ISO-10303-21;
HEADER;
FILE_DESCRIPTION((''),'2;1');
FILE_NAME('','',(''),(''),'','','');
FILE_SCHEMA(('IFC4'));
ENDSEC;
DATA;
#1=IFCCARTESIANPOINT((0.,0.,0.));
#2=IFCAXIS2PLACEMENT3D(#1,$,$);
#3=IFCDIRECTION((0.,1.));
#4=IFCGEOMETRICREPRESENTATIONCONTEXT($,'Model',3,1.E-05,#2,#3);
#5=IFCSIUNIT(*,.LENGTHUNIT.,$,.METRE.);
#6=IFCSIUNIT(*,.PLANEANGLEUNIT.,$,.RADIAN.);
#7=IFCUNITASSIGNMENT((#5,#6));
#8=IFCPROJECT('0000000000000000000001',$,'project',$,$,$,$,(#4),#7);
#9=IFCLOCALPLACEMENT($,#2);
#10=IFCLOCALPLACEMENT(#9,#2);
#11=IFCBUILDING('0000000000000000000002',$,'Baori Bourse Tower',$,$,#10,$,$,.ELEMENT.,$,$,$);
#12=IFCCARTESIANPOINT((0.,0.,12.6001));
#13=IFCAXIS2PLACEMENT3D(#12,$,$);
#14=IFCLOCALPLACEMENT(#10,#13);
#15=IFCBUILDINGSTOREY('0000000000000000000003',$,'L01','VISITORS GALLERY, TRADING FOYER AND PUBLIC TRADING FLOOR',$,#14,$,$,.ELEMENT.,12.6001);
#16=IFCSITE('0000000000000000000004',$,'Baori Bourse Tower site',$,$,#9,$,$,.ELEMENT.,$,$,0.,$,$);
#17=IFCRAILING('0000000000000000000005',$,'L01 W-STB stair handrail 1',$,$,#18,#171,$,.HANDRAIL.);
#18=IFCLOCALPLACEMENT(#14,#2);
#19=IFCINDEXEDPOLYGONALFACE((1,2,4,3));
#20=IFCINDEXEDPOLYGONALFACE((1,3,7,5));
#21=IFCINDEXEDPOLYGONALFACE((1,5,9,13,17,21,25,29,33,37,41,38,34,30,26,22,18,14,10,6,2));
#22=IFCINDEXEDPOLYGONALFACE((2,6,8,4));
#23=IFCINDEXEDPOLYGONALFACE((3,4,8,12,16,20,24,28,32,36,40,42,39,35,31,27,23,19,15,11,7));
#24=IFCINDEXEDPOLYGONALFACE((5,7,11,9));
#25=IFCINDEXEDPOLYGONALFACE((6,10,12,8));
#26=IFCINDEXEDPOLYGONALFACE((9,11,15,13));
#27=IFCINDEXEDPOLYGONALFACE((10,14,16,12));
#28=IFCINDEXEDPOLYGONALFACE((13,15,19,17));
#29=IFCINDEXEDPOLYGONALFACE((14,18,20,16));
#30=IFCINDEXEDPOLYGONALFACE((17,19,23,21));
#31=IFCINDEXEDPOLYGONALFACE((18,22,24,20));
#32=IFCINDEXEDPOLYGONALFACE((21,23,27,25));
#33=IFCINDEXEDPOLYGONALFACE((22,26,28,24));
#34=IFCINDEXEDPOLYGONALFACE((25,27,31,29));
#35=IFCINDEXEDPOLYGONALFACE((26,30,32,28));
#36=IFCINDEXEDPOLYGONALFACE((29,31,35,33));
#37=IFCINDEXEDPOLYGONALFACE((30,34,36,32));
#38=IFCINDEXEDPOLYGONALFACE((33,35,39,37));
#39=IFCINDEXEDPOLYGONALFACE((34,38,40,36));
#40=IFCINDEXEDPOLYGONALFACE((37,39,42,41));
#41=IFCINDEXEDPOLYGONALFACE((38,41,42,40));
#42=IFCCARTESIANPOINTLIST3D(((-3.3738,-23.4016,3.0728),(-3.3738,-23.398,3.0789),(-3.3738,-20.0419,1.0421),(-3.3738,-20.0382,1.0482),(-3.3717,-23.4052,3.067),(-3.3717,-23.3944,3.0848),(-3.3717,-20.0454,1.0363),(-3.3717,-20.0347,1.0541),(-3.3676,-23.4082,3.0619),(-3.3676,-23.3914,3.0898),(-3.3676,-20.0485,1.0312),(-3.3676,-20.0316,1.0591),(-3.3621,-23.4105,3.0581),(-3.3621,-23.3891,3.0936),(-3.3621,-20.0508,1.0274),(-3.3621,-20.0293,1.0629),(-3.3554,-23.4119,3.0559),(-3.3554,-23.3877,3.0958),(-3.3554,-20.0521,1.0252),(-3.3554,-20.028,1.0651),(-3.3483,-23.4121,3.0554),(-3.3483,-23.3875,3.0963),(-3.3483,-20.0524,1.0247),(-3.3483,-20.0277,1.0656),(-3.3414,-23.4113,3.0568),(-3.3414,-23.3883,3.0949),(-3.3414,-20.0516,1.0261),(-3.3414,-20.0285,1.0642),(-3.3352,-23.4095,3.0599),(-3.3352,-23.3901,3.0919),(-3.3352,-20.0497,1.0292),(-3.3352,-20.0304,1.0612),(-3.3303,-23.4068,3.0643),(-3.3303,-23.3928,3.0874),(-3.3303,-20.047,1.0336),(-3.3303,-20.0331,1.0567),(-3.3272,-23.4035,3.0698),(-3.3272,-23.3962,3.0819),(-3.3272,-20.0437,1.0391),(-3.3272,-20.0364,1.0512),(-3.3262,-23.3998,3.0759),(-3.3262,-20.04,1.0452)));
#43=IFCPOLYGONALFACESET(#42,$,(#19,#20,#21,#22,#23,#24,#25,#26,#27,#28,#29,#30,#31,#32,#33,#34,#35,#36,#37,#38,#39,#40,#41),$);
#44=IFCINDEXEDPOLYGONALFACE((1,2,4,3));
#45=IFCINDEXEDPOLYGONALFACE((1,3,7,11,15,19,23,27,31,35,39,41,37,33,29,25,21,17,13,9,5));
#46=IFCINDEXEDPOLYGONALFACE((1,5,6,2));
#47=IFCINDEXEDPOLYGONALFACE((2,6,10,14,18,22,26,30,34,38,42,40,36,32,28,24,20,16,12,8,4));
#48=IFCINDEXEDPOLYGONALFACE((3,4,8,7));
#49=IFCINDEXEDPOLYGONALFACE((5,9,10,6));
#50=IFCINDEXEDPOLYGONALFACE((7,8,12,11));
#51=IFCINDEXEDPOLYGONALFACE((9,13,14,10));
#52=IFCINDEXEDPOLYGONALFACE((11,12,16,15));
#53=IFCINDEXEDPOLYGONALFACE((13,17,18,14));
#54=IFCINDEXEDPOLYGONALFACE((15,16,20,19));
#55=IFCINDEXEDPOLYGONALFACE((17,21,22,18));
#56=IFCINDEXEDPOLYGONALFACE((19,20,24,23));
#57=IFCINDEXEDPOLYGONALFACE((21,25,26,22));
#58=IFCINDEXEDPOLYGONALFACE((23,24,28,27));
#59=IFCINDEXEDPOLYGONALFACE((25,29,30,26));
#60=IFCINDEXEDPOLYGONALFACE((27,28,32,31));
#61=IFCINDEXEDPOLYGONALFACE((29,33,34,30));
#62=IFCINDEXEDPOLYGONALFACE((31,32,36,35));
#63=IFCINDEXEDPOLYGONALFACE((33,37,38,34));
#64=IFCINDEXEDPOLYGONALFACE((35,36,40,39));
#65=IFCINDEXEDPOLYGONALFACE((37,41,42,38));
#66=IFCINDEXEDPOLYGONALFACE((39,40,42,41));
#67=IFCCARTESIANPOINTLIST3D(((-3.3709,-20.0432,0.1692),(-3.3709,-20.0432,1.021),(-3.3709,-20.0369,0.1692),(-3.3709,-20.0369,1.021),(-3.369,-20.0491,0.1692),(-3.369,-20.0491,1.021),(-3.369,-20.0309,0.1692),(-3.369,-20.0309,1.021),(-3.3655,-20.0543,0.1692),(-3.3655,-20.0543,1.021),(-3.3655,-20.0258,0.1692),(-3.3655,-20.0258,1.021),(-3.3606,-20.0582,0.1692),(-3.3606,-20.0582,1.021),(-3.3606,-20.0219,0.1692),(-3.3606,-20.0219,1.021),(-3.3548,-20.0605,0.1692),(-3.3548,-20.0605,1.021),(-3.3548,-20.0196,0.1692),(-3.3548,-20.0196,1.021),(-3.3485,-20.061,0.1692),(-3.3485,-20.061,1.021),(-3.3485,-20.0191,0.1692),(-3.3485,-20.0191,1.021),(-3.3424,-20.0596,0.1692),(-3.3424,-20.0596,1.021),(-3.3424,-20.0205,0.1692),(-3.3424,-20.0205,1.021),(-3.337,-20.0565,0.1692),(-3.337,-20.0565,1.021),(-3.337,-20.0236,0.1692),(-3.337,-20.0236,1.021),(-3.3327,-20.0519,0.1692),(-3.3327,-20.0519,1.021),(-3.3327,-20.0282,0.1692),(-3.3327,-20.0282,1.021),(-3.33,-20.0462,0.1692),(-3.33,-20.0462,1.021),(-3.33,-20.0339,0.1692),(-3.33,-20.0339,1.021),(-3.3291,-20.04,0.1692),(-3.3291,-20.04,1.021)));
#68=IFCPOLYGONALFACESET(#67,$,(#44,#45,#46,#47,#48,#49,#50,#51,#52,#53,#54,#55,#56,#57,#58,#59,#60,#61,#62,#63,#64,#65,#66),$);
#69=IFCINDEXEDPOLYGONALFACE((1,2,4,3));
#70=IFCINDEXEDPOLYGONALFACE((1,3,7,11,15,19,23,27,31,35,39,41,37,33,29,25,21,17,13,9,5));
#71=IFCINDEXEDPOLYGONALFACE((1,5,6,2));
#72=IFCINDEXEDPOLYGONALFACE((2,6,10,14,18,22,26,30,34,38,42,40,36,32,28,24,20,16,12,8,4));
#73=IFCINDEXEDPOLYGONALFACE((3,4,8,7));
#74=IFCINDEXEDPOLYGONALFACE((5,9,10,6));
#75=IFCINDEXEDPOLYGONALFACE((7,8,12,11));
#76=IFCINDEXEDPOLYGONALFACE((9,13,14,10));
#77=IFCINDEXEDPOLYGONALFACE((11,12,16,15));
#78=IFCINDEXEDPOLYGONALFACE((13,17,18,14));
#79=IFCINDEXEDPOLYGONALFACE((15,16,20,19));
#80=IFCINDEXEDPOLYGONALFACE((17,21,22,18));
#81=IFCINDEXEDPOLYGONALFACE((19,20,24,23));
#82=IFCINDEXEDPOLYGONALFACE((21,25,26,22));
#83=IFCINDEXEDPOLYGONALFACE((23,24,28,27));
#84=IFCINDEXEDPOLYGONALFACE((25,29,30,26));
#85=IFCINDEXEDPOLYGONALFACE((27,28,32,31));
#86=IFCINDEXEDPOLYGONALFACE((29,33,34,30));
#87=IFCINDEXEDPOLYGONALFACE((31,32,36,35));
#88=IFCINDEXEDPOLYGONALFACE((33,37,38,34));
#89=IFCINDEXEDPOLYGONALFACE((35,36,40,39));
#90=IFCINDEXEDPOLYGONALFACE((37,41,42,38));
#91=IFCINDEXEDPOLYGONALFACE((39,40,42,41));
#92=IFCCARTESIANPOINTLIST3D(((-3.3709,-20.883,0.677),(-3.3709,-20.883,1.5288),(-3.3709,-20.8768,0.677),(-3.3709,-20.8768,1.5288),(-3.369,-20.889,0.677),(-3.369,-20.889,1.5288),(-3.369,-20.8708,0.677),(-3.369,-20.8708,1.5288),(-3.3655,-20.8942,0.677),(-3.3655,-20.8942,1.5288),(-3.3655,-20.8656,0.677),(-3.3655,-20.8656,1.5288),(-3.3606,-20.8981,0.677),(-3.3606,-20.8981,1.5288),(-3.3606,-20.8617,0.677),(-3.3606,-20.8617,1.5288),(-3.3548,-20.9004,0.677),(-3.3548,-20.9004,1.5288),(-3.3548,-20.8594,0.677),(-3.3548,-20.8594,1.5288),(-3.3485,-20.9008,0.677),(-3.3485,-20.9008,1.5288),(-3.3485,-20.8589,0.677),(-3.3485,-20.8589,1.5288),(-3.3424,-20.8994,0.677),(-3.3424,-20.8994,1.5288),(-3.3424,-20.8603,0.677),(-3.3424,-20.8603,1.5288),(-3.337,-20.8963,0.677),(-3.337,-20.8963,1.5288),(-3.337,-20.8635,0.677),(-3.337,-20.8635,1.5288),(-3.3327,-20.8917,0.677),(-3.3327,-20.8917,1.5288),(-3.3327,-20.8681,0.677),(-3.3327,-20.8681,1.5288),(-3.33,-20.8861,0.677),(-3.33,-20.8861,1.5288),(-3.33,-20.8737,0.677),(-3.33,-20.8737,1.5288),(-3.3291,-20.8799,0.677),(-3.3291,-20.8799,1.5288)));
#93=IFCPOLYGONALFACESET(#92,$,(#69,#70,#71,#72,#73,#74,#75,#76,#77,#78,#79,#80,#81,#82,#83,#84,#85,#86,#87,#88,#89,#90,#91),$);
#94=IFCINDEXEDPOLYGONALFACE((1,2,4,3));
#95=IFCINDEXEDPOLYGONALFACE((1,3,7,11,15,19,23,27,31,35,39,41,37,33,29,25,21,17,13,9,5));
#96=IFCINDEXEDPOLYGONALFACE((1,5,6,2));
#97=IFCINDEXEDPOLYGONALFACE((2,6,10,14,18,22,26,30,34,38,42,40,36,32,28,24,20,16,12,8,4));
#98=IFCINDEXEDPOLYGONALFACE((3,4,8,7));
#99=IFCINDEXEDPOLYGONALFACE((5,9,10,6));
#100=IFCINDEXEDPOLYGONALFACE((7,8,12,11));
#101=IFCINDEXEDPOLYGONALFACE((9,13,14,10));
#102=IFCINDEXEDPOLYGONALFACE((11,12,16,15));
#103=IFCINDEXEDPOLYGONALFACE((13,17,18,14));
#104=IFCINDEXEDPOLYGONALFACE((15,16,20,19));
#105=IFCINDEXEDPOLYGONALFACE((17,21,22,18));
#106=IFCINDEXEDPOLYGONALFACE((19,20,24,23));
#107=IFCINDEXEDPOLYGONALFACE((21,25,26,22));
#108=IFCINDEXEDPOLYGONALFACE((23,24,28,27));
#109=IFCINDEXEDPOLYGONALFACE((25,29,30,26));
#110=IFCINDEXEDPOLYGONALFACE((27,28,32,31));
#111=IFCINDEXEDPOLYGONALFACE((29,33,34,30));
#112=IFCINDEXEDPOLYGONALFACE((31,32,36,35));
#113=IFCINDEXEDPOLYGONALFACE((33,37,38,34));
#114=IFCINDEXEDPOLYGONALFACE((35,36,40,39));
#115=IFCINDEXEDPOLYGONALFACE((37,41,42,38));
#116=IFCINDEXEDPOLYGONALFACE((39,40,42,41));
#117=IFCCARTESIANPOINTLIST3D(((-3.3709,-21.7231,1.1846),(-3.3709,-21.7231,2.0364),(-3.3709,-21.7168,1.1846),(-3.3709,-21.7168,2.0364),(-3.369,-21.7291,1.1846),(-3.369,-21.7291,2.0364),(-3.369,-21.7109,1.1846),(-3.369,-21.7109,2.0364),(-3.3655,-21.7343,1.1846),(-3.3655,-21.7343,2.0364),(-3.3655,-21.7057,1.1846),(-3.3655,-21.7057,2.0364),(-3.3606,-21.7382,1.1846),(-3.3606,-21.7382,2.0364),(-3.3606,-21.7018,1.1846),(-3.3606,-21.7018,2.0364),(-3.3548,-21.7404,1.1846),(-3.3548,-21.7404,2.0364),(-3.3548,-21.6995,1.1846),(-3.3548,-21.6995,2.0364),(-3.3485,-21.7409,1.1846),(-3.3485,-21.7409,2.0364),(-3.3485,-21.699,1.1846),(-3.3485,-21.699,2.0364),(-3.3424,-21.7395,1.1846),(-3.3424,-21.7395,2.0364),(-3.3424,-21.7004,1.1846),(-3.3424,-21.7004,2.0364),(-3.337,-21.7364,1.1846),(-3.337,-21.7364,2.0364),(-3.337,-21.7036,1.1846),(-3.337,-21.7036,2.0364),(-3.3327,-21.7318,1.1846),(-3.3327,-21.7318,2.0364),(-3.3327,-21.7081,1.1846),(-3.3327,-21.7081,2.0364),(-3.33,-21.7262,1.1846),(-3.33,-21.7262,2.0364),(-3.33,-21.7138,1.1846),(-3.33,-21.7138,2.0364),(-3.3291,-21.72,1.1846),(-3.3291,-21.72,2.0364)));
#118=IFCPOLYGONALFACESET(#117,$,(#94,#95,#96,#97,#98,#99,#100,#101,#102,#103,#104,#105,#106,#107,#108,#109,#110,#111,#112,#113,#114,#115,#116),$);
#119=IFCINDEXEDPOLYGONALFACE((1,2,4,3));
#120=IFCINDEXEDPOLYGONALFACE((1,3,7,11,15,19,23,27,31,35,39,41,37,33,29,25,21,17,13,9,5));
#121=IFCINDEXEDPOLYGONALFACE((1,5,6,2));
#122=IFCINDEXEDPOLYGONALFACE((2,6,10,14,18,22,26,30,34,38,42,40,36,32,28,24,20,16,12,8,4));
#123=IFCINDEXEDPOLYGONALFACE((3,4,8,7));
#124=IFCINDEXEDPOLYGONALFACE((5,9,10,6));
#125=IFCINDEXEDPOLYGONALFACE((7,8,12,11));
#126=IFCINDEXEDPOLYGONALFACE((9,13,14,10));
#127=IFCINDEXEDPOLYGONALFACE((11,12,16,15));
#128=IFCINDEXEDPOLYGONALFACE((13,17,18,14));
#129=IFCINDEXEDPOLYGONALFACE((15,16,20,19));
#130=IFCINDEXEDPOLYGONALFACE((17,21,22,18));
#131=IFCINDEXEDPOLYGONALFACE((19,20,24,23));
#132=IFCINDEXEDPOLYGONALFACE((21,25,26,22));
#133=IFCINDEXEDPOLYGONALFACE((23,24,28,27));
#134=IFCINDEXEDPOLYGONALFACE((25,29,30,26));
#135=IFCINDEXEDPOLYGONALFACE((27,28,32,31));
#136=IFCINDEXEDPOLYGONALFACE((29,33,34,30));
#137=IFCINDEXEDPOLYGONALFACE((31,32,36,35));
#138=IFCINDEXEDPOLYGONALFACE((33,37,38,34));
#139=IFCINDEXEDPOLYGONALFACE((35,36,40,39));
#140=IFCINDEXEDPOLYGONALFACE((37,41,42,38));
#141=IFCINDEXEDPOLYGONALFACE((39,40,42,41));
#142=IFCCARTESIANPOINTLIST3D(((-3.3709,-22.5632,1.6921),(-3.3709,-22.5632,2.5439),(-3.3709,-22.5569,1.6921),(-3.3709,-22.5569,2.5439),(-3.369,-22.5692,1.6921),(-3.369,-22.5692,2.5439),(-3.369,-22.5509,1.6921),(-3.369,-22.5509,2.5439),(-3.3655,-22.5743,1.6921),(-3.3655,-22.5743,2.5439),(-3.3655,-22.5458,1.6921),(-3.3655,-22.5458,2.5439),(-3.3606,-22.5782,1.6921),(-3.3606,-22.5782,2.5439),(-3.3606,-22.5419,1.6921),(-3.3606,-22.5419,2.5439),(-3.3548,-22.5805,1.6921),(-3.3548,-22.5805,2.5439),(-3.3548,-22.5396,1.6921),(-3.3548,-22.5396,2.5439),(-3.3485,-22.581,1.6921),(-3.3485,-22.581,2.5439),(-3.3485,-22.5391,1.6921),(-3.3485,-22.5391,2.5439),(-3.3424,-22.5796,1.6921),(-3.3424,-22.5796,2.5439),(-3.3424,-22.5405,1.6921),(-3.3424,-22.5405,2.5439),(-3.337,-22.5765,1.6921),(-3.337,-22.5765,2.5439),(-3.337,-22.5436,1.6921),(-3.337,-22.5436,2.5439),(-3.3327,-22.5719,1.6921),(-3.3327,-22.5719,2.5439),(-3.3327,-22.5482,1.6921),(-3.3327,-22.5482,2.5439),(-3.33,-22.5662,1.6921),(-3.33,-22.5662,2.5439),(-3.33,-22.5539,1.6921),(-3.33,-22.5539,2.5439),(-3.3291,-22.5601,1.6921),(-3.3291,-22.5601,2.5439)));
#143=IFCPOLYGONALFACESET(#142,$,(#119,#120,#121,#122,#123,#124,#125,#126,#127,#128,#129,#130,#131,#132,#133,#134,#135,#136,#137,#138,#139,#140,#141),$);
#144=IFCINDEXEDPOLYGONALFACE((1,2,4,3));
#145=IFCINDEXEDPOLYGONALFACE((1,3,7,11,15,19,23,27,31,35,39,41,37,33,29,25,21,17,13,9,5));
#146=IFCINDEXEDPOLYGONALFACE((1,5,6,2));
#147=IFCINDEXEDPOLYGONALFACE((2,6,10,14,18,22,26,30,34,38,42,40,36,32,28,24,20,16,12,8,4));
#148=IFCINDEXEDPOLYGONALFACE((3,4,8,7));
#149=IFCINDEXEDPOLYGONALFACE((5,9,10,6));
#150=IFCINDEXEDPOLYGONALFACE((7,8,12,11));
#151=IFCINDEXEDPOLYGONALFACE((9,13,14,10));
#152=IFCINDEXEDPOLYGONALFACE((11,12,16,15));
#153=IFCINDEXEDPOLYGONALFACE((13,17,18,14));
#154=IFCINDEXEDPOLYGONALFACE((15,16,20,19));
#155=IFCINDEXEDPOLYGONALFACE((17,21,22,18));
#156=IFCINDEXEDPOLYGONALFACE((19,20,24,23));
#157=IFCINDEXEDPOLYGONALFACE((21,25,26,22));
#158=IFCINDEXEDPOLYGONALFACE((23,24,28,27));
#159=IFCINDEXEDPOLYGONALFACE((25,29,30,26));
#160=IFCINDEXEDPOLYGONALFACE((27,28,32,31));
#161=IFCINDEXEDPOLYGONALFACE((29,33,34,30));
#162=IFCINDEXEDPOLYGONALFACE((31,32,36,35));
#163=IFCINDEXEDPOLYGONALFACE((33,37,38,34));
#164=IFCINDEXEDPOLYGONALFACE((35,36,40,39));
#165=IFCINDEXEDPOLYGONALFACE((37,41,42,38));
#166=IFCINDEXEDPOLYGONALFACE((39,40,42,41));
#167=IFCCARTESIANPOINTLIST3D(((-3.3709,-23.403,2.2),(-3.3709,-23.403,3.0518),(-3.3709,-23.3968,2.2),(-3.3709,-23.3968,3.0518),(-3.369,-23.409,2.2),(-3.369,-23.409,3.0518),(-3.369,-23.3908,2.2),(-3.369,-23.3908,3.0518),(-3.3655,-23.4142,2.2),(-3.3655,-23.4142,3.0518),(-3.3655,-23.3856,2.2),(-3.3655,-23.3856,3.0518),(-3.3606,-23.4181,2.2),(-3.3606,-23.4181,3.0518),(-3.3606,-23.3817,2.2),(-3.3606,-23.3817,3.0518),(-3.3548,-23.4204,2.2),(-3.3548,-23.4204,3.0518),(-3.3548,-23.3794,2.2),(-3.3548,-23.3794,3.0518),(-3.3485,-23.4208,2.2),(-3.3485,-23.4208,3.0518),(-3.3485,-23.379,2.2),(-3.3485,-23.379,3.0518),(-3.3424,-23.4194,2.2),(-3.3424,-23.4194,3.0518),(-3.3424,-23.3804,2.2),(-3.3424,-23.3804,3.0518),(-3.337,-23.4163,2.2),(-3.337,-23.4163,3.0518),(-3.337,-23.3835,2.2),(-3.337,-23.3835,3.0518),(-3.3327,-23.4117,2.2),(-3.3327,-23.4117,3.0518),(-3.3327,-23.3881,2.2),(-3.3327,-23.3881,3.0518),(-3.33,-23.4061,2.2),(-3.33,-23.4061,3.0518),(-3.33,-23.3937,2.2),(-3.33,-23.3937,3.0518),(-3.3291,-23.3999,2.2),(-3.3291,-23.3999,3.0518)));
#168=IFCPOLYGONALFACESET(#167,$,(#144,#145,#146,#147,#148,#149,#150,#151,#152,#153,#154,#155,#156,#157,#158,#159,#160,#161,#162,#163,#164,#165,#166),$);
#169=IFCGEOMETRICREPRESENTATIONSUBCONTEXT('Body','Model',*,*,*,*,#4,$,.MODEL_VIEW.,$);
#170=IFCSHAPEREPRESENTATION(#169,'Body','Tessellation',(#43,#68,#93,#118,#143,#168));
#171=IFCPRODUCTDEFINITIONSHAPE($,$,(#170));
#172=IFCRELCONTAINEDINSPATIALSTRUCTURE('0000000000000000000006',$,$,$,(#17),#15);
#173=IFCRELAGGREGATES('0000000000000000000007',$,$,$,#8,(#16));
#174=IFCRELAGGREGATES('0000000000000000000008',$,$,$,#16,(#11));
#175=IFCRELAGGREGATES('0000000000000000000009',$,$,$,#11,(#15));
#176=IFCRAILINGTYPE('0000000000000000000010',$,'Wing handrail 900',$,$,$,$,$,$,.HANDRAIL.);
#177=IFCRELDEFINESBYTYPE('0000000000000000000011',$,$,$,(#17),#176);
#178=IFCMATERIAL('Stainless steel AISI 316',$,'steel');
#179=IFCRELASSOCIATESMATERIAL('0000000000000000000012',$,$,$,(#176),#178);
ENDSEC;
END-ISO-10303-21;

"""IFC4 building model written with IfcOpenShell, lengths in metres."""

from ifc_helpers import new_model, si_unit, direction, frame, origin, origin_2d, place, context, subcontext, project, spatial, circle, extrude, material, type_object, element, save


model = new_model("IFC4")

# Units and contexts
model_context = context("Model", 3, precision=1e-05, world=origin(), true_north=direction((0.0, 1.0)))
body_context = subcontext(model_context, "Body", "Model", "MODEL_VIEW")
ifc_project = project(units=[si_unit("LENGTHUNIT", "METRE"), si_unit("PLANEANGLEUNIT", "RADIAN")], contexts=[model_context])

# Site, building, storey
site_placement = place(None, origin())
site = spatial("IfcSite", under=ifc_project, at=site_placement, Name="Baori Bourse Tower site", CompositionType="ELEMENT", RefElevation=0.0)
building_placement = place(site_placement, origin())
building = spatial("IfcBuilding", under=site, at=building_placement, Name="Baori Bourse Tower", CompositionType="ELEMENT")
storey_placement = place(building_placement, frame((0.0, 0.0, 12.6001)))
storey = spatial("IfcBuildingStorey", under=building, at=storey_placement, Name="L01", Description="VISITORS GALLERY, TRADING FOYER AND PUBLIC TRADING FLOOR", CompositionType="ELEMENT", Elevation=12.6001)

# Railing
ifc_material_1 = material(Name="Stainless steel AISI 316", Category="steel")
railing_type_1 = type_object("IfcRailingType", Name="Wing handrail 900", PredefinedType="HANDRAIL", material=ifc_material_1)
railing_1_placement = place(storey_placement, frame((-3.3501, -20.04, 0.1692)))
element("IfcRailing", 1, at=railing_1_placement, inside=storey, type_object=railing_type_1, Name="L01 W-STB stair handrail 1", PredefinedType="HANDRAIL", context=body_context, shape_type="SweptSolid", body=[
    extrude(circle(Radius=0.0239, at=origin_2d()), frame((0.0, 0.0, 0.876), z_axis=(0.0, -0.85582, 0.517273), x_axis=(1.0, 0.0, 0.0)), (0.0, 0.0, 1.0), 3.9258),
    extrude(circle(Radius=0.021, at=origin_2d()), origin(), (0.0, 0.0, 1.0), 0.8518),
    extrude(circle(Radius=0.021, at=origin_2d()), frame((0.0, -0.8398, 0.5078)), (0.0, 0.0, 1.0), 0.8518),
    extrude(circle(Radius=0.021, at=origin_2d()), frame((0.0, -1.6799, 1.0154)), (0.0, 0.0, 1.0), 0.8518),
    extrude(circle(Radius=0.021, at=origin_2d()), frame((0.0, -2.52, 1.5229)), (0.0, 0.0, 1.0), 0.8518),
    extrude(circle(Radius=0.021, at=origin_2d()), frame((0.0, -3.3599, 2.0308)), (0.0, 0.0, 1.0), 0.8518),
])

save(model, "model.ifc")
